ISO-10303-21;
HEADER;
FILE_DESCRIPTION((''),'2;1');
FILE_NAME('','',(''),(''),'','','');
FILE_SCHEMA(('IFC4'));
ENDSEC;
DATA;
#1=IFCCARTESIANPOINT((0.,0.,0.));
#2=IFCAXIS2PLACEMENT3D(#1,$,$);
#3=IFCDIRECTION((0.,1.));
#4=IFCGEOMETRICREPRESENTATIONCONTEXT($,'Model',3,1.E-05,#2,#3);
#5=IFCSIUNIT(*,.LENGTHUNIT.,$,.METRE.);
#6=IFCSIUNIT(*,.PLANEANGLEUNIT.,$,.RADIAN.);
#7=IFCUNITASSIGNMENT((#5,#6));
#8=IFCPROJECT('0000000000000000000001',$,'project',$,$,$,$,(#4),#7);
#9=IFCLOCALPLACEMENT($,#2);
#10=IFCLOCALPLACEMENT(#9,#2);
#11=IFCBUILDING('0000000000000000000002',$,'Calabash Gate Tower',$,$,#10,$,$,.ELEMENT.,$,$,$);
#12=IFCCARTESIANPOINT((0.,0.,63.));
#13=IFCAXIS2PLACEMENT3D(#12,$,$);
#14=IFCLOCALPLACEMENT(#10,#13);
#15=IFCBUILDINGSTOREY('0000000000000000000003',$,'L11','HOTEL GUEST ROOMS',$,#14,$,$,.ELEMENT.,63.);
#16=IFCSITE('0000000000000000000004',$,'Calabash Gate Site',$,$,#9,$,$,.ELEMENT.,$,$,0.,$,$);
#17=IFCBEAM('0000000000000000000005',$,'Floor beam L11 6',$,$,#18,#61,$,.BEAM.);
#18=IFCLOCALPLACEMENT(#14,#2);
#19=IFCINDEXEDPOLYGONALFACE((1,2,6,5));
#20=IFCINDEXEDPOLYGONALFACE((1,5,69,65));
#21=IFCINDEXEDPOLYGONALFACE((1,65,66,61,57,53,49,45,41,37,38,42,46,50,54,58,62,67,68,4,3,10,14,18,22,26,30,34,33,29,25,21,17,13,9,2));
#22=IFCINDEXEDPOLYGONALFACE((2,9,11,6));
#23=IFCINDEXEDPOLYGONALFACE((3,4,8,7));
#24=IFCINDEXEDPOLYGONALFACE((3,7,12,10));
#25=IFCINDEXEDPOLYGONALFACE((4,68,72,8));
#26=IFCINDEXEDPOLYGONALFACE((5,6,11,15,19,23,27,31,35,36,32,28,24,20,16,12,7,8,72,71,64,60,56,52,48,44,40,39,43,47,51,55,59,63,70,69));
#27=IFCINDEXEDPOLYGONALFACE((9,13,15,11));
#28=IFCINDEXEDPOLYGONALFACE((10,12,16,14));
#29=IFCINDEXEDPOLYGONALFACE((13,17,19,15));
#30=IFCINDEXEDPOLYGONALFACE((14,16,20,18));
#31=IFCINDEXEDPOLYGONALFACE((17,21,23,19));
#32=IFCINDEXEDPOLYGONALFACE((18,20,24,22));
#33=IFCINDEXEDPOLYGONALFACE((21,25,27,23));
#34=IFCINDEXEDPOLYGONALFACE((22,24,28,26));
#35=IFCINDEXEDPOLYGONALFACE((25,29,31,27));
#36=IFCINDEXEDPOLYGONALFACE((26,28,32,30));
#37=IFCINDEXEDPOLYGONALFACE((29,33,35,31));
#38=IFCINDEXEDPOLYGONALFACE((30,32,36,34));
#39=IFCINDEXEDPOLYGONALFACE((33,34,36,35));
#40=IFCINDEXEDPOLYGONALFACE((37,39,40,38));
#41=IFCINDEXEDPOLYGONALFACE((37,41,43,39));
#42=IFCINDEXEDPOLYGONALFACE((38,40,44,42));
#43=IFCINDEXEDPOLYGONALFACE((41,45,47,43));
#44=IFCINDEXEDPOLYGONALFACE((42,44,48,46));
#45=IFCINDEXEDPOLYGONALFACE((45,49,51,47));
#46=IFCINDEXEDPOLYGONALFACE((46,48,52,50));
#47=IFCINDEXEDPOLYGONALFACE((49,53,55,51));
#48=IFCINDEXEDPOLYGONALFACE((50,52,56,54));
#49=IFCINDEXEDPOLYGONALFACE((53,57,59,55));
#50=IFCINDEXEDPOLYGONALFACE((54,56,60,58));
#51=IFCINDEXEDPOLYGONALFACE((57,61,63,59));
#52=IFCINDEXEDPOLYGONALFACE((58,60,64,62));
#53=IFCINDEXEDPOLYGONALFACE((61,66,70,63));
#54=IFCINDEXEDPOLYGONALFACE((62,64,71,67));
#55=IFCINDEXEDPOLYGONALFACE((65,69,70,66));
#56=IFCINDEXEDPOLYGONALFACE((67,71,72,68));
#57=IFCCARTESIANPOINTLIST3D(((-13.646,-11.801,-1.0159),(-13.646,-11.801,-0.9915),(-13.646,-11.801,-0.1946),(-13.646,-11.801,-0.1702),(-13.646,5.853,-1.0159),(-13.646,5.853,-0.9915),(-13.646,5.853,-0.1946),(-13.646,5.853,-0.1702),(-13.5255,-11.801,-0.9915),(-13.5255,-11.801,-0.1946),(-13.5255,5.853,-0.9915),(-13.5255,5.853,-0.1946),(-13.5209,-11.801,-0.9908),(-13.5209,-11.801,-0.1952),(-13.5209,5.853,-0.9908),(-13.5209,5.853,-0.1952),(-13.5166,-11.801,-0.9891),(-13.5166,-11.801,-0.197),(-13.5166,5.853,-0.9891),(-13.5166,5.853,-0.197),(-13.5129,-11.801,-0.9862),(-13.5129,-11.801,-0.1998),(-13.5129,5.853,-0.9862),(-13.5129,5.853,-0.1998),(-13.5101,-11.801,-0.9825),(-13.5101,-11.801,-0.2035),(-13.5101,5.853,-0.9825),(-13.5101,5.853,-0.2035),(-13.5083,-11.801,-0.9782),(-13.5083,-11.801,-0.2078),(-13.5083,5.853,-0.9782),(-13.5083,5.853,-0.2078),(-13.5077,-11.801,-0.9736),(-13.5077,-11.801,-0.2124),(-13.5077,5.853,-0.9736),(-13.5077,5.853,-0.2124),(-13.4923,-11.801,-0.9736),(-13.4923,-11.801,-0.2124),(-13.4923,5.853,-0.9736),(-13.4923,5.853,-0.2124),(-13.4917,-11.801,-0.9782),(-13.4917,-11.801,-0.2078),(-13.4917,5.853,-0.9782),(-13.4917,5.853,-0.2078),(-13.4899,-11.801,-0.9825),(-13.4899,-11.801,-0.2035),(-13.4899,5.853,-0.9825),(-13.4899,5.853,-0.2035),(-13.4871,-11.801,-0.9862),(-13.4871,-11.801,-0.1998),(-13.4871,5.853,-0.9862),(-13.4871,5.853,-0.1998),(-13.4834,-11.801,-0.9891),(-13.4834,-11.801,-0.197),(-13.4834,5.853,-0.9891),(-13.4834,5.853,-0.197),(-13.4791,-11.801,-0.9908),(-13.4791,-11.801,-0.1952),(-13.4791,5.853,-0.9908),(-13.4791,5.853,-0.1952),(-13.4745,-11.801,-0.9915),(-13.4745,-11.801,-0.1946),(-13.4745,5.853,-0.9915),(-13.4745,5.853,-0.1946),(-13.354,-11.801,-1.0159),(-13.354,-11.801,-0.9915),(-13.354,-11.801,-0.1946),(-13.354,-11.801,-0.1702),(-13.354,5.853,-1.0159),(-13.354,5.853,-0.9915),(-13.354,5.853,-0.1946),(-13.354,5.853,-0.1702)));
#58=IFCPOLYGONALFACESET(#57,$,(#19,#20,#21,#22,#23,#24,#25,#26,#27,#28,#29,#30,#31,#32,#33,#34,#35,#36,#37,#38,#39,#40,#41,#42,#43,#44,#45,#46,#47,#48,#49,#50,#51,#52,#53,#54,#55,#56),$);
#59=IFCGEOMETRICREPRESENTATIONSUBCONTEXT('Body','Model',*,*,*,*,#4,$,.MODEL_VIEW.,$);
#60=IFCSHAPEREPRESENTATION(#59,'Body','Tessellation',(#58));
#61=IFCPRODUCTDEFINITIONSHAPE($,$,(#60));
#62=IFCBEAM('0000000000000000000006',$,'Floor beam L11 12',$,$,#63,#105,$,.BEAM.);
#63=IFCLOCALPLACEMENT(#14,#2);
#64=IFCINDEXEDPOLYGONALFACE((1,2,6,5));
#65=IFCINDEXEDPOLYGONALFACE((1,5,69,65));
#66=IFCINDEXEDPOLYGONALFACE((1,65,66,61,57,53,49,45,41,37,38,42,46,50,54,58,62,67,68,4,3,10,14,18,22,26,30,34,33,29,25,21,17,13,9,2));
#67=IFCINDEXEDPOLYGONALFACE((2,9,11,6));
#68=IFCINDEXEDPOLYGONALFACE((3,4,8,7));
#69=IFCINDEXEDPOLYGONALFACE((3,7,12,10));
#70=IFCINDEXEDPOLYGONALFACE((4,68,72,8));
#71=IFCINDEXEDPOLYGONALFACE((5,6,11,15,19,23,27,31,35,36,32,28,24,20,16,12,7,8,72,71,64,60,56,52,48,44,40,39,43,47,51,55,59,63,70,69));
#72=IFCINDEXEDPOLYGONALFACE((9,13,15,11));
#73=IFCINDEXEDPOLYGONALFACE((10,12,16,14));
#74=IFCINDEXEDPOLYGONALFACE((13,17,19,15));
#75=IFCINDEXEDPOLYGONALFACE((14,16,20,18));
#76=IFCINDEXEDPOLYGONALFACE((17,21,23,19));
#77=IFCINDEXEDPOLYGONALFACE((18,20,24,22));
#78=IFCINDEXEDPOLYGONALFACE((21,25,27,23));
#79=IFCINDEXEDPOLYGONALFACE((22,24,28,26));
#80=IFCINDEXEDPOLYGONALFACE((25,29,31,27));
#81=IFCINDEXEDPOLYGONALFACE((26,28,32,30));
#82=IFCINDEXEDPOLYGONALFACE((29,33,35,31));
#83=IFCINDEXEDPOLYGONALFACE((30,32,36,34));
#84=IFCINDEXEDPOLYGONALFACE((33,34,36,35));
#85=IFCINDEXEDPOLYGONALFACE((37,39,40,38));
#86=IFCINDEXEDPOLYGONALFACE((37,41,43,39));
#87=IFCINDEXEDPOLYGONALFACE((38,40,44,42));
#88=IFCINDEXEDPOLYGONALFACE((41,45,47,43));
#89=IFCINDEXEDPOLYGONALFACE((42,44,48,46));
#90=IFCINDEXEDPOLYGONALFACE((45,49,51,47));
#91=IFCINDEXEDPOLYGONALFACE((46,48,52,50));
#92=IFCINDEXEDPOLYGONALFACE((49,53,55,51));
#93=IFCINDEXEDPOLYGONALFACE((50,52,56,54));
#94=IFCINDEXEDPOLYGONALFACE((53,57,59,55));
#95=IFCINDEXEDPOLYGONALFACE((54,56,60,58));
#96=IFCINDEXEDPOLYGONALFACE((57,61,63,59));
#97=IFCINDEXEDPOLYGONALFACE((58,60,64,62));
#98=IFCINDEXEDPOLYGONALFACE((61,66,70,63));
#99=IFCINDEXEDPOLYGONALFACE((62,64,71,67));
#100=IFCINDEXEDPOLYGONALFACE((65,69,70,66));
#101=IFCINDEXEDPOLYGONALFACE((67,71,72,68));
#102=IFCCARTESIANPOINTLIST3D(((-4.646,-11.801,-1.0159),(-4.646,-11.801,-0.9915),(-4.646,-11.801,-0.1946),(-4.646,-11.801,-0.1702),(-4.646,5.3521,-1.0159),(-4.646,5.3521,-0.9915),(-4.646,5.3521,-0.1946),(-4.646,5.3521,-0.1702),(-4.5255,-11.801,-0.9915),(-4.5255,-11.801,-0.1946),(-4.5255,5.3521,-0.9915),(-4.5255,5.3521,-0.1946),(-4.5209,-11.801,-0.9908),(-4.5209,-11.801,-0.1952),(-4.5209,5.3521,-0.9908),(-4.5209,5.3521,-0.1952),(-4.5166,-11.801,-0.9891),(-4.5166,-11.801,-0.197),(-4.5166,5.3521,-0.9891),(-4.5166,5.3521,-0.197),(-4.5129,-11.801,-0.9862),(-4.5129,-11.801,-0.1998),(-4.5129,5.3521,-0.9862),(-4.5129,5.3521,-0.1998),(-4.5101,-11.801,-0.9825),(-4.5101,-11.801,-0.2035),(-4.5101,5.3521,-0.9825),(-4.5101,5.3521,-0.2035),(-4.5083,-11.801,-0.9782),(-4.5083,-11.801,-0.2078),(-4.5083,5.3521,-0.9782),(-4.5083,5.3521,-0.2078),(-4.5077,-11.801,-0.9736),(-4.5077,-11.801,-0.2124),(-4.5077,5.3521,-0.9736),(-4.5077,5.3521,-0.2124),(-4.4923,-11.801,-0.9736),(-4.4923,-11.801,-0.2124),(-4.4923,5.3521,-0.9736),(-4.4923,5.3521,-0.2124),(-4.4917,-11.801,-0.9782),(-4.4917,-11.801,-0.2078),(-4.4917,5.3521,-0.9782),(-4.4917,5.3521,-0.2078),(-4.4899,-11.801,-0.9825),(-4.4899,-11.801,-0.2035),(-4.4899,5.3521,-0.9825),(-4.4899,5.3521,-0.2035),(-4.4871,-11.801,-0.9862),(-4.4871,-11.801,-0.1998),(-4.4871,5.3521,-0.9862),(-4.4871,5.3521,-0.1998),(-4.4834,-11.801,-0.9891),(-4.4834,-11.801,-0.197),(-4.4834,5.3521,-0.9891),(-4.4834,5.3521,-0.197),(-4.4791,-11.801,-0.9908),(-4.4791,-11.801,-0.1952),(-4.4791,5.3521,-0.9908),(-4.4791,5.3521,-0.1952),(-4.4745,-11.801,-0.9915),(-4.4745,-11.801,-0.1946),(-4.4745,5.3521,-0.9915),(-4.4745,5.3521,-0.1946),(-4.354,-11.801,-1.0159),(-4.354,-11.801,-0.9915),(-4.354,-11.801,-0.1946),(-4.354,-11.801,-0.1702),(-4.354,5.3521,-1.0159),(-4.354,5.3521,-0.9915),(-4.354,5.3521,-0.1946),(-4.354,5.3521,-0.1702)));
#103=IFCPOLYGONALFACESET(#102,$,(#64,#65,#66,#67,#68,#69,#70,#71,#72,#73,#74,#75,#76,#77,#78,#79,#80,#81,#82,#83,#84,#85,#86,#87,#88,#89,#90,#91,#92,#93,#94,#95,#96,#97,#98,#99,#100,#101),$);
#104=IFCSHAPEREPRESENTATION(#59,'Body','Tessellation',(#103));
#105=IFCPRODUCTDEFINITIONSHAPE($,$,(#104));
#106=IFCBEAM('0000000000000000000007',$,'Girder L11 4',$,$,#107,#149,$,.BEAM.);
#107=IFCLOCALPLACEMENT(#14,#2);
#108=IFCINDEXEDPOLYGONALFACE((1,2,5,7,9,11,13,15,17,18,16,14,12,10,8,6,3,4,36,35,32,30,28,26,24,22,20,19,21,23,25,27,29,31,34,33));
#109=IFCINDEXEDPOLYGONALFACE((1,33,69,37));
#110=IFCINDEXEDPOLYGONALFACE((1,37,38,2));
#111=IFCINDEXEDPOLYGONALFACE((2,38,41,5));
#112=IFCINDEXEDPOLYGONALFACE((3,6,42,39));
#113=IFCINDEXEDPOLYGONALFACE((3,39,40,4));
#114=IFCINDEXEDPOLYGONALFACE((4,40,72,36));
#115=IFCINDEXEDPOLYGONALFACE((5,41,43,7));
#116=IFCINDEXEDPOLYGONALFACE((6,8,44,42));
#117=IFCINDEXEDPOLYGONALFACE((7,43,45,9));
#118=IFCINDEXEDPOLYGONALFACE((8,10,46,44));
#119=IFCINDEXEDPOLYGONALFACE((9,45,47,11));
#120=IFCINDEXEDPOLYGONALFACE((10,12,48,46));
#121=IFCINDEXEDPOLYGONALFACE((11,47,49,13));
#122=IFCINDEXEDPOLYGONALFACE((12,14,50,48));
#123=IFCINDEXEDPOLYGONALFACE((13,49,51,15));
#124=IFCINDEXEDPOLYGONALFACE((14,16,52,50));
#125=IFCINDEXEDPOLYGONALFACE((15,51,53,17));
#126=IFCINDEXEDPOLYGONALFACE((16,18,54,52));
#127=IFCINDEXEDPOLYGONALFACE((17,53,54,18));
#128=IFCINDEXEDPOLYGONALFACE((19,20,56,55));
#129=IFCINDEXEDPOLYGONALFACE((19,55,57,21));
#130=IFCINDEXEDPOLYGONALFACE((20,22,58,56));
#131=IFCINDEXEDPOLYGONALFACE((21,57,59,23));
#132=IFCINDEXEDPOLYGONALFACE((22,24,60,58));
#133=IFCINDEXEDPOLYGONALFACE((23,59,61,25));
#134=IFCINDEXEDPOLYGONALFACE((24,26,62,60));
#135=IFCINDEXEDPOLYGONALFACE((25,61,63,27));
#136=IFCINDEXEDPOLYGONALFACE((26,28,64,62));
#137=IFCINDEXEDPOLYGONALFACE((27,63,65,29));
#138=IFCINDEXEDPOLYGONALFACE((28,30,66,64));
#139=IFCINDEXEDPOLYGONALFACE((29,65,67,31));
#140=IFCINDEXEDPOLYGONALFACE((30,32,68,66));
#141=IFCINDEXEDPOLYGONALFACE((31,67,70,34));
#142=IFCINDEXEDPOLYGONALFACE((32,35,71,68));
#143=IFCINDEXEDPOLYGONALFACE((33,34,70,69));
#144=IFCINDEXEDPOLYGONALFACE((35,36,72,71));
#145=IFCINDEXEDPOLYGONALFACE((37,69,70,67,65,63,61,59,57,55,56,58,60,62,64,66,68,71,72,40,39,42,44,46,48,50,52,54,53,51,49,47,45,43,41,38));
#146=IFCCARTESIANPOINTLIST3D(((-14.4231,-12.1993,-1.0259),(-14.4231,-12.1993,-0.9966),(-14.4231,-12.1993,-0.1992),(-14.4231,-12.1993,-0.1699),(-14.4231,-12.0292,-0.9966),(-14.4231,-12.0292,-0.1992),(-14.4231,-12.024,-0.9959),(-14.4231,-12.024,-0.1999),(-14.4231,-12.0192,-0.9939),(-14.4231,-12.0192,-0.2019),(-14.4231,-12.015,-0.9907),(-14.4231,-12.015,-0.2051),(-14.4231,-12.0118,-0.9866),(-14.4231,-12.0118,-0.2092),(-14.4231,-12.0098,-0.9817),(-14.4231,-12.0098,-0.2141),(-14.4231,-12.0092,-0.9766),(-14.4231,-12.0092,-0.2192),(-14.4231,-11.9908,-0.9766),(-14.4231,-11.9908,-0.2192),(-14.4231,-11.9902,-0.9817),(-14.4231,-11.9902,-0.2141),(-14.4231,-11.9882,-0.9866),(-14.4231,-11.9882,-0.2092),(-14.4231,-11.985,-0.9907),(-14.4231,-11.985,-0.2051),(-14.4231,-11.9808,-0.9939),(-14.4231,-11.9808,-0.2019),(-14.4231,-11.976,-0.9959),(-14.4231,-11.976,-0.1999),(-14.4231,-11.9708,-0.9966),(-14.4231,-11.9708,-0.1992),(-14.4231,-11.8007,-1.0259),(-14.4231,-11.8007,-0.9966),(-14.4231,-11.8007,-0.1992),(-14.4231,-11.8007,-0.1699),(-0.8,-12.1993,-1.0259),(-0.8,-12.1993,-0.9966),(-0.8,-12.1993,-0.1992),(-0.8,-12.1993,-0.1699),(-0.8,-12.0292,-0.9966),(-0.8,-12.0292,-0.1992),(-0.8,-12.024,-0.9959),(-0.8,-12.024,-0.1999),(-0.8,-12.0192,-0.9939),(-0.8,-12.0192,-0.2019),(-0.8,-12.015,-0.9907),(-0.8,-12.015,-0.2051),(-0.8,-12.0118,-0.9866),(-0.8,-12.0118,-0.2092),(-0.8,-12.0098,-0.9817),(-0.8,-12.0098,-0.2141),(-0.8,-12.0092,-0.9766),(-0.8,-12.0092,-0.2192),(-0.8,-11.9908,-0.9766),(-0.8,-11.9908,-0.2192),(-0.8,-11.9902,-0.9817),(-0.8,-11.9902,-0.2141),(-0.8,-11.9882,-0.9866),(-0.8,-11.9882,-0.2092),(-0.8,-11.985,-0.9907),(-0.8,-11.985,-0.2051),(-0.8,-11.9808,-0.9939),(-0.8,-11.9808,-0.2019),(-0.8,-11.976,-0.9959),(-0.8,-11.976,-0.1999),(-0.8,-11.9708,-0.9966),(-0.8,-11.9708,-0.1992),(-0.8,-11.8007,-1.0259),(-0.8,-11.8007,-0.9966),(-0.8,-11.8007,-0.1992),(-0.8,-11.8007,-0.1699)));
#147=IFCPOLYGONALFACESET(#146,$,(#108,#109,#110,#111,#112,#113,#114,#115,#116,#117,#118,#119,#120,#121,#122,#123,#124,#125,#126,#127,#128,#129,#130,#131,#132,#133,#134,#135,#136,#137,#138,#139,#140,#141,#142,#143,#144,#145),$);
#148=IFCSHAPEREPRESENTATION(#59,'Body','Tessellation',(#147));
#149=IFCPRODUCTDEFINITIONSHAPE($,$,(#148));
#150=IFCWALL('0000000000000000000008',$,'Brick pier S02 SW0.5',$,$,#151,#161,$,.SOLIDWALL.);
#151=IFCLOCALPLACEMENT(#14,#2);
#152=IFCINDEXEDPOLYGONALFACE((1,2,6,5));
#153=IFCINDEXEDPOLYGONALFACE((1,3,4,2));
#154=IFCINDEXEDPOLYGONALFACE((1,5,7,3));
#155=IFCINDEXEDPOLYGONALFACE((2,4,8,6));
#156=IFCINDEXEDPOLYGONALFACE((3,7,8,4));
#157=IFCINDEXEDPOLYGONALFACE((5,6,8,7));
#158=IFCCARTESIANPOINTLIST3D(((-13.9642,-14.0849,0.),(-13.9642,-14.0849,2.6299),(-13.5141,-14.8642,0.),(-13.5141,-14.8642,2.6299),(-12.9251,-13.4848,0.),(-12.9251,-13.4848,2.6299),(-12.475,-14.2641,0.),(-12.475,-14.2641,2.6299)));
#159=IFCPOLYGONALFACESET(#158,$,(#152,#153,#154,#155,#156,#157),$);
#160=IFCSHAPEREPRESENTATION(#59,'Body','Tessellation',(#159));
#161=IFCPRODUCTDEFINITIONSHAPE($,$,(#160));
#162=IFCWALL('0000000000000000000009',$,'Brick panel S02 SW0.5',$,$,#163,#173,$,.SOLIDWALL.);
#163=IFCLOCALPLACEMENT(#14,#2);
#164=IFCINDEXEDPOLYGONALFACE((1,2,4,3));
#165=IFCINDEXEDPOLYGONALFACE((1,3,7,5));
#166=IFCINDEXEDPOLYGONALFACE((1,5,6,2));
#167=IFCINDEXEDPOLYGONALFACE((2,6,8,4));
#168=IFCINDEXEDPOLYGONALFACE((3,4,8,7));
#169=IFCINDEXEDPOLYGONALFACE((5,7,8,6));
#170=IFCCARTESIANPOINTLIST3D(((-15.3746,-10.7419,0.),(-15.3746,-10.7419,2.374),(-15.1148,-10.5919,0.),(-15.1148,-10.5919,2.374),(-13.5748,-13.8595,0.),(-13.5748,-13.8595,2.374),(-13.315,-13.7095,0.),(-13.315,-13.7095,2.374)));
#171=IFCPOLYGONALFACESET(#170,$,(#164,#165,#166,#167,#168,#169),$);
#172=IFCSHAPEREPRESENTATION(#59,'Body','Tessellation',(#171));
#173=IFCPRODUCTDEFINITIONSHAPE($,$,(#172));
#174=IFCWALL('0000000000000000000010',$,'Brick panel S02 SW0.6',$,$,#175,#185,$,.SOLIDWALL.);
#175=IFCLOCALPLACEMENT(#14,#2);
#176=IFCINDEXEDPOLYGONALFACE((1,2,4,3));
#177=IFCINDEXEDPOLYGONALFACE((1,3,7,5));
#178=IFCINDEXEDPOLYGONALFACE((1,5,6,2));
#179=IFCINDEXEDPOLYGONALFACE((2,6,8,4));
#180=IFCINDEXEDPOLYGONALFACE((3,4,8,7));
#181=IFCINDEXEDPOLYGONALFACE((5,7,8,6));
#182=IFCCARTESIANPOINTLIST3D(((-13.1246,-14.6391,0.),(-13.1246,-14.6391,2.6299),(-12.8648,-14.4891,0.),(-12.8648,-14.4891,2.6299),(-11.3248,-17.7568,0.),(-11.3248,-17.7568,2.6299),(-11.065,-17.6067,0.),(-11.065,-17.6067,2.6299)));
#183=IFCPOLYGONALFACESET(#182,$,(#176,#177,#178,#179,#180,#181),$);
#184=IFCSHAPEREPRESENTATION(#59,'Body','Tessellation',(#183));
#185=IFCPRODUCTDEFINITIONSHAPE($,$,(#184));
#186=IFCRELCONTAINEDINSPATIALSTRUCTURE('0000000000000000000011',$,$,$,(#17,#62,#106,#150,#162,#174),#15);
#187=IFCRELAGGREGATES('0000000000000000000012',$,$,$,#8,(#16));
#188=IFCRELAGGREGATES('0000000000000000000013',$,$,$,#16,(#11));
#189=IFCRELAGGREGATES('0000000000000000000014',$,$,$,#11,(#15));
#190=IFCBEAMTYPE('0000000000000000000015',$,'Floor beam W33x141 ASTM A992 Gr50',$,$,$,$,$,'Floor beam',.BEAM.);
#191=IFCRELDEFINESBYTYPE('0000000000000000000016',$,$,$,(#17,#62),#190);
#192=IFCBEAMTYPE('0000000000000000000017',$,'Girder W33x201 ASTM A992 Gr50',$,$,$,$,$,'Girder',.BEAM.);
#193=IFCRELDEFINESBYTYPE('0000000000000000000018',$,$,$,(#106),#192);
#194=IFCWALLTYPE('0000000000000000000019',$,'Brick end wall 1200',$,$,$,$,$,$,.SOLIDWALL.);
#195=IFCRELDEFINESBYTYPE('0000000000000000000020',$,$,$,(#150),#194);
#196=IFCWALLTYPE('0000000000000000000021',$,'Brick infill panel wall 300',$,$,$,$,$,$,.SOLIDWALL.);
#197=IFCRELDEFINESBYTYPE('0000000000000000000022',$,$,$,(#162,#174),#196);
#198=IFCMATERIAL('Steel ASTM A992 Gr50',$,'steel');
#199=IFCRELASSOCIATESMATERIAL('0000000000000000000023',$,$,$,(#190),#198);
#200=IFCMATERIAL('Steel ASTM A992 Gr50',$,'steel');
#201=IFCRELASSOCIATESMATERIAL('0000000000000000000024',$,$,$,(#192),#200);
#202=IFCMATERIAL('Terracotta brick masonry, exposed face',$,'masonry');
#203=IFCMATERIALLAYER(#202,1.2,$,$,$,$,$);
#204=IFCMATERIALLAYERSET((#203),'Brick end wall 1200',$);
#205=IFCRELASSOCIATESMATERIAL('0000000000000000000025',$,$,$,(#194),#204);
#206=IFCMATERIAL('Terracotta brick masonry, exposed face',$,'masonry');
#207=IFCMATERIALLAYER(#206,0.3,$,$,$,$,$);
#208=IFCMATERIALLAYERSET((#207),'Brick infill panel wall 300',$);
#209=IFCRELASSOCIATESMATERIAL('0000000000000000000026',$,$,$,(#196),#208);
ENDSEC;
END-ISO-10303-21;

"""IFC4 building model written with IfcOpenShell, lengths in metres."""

from ifc_helpers import new_model, si_unit, direction, frame, frame_2d, origin, origin_2d, place, context, subcontext, project, spatial, rectangle, i_section, extrude, material, layer, layer_set, material_profile, profile_set, type_object, element, save


model = new_model("IFC4")

# Units and contexts
model_context = context("Model", 3, precision=1e-05, world=origin(), true_north=direction((0.0, 1.0)))
body_context = subcontext(model_context, "Body", "Model", "MODEL_VIEW")
ifc_project = project(units=[si_unit("LENGTHUNIT", "METRE"), si_unit("PLANEANGLEUNIT", "RADIAN")], contexts=[model_context])

# Site, building, storey
site_placement = place(None, origin())
site = spatial("IfcSite", under=ifc_project, at=site_placement, Name="Calabash Gate Site", CompositionType="ELEMENT", RefElevation=0.0)
building_placement = place(site_placement, origin())
building = spatial("IfcBuilding", under=site, at=building_placement, Name="Calabash Gate Tower", CompositionType="ELEMENT")
storey_placement = place(building_placement, frame((0.0, 0.0, 63.0)))
storey = spatial("IfcBuildingStorey", under=building, at=storey_placement, Name="L11", Description="HOTEL GUEST ROOMS", CompositionType="ELEMENT", Elevation=63.0)

# Beams
ifc_material_1 = material(Name="Steel ASTM A992 Gr50", Category="steel")
ifc_material_profile_1 = material_profile(ifc_material_1, i_section(OverallWidth=0.292, OverallDepth=0.8457, WebThickness=0.0154, FlangeThickness=0.0244, FilletRadius=0.0178, at=origin_2d()))
ifc_profile_set_1 = profile_set([ifc_material_profile_1], Name="Steel ASTM A992 Gr50")
beam_type_1 = type_object("IfcBeamType", Name="Floor beam W33x141 ASTM A992 Gr50", ElementType="Floor beam", PredefinedType="BEAM", material=ifc_profile_set_1)
beam_1_placement = place(storey_placement, frame((-13.5, -11.801, -0.593), z_axis=(0.0, 1.0, 0.0), x_axis=(-1.0, 0.0, 0.0)))
element("IfcBeam", 1, at=beam_1_placement, inside=storey, type_object=beam_type_1, Name="Floor beam L11 6", PredefinedType="BEAM", context=body_context, shape_type="SweptSolid", body=[
    extrude(i_section(OverallWidth=0.292, OverallDepth=0.8457, WebThickness=0.0154, FlangeThickness=0.0244, FilletRadius=0.0178, at=origin_2d()), origin(), (0.0, 0.0, 1.0), 17.6541),
])
beam_2_placement = place(storey_placement, frame((-4.5, -11.801, -0.593), z_axis=(0.0, 1.0, 0.0), x_axis=(-1.0, 0.0, 0.0)))
element("IfcBeam", 2, at=beam_2_placement, inside=storey, type_object=beam_type_1, Name="Floor beam L11 12", PredefinedType="BEAM", context=body_context, shape_type="SweptSolid", body=[
    extrude(i_section(OverallWidth=0.292, OverallDepth=0.8457, WebThickness=0.0154, FlangeThickness=0.0244, FilletRadius=0.0178, at=origin_2d()), origin(), (0.0, 0.0, 1.0), 17.1531),
])
ifc_material_2 = material(Name="Steel ASTM A992 Gr50", Category="steel")
ifc_material_profile_2 = material_profile(ifc_material_2, i_section(OverallWidth=0.3987, OverallDepth=0.856, WebThickness=0.0183, FlangeThickness=0.0293, FilletRadius=0.02, at=origin_2d()))
ifc_profile_set_2 = profile_set([ifc_material_profile_2], Name="Steel ASTM A992 Gr50")
beam_type_2 = type_object("IfcBeamType", Name="Girder W33x201 ASTM A992 Gr50", ElementType="Girder", PredefinedType="BEAM", material=ifc_profile_set_2)
beam_3_placement = place(storey_placement, frame((-14.4231, -12.0, -0.5979), z_axis=(1.0, 0.0, 0.0), x_axis=(0.0, 1.0, 0.0)))
element("IfcBeam", 3, at=beam_3_placement, inside=storey, type_object=beam_type_2, Name="Girder L11 4", PredefinedType="BEAM", context=body_context, shape_type="SweptSolid", body=[
    extrude(i_section(OverallWidth=0.3987, OverallDepth=0.856, WebThickness=0.0183, FlangeThickness=0.0293, FilletRadius=0.02, at=origin_2d()), origin(), (0.0, 0.0, 1.0), 13.623),
])

# Walls
ifc_material_3 = material(Name="Terracotta brick masonry, exposed face", Category="masonry")
ifc_layer_1 = layer(ifc_material_3, 1.2)
ifc_layer_set_1 = layer_set([ifc_layer_1], Name="Brick end wall 1200")
wall_type_1 = type_object("IfcWallType", Name="Brick end wall 1200", PredefinedType="SOLIDWALL", material=ifc_layer_set_1)
wall_1_placement = place(storey_placement, frame((-13.7393, -14.4746, 0.0), z_axis=(0.0, 0.0, 1.0), x_axis=(0.865955, 0.500122, 0.0)))
element("IfcWall", 4, at=wall_1_placement, inside=storey, type_object=wall_type_1, Name="Brick pier S02 SW0.5", PredefinedType="SOLIDWALL", context=body_context, shape_type="SweptSolid", body=[
    extrude(rectangle(XDim=1.2, YDim=0.8999, at=frame_2d((0.6001, 0.0))), origin(), (0.0, 0.0, 1.0), 2.6299),
])
ifc_material_4 = material(Name="Terracotta brick masonry, exposed face", Category="masonry")
ifc_layer_2 = layer(ifc_material_4, 0.3)
ifc_layer_set_2 = layer_set([ifc_layer_2], Name="Brick infill panel wall 300")
wall_type_2 = type_object("IfcWallType", Name="Brick infill panel wall 300", PredefinedType="SOLIDWALL", material=ifc_layer_set_2)
wall_2_placement = place(storey_placement, frame((-15.2446, -10.667, 0.0), z_axis=(0.0, 0.0, 1.0), x_axis=(0.499961, -0.866048, 0.0)))
element("IfcWall", 5, at=wall_2_placement, inside=storey, type_object=wall_type_2, Name="Brick panel S02 SW0.5", PredefinedType="SOLIDWALL", context=body_context, shape_type="SweptSolid", body=[
    extrude(rectangle(XDim=3.5999, YDim=0.3, at=frame_2d((1.7998, 0.0))), origin(), (0.0, 0.0, 1.0), 2.374),
])
for number, where, z_axis, x_axis, name in (
    (6, (-12.9946, -14.5642, 0.0), (0.0, 0.0, 1.0), (0.499961, -0.866048, 0.0), "Brick panel S02 SW0.6"),
):
    element("IfcWall", number, at=place(storey_placement, frame(where, z_axis=z_axis, x_axis=x_axis)), inside=storey, type_object=wall_type_2, Name=name, PredefinedType="SOLIDWALL", context=body_context, shape_type="SweptSolid", body=[
        extrude(rectangle(XDim=3.5999, YDim=0.3, at=frame_2d((1.7998, 0.0))), origin(), (0.0, 0.0, 1.0), 2.6299),
    ])

save(model, "model.ifc")
